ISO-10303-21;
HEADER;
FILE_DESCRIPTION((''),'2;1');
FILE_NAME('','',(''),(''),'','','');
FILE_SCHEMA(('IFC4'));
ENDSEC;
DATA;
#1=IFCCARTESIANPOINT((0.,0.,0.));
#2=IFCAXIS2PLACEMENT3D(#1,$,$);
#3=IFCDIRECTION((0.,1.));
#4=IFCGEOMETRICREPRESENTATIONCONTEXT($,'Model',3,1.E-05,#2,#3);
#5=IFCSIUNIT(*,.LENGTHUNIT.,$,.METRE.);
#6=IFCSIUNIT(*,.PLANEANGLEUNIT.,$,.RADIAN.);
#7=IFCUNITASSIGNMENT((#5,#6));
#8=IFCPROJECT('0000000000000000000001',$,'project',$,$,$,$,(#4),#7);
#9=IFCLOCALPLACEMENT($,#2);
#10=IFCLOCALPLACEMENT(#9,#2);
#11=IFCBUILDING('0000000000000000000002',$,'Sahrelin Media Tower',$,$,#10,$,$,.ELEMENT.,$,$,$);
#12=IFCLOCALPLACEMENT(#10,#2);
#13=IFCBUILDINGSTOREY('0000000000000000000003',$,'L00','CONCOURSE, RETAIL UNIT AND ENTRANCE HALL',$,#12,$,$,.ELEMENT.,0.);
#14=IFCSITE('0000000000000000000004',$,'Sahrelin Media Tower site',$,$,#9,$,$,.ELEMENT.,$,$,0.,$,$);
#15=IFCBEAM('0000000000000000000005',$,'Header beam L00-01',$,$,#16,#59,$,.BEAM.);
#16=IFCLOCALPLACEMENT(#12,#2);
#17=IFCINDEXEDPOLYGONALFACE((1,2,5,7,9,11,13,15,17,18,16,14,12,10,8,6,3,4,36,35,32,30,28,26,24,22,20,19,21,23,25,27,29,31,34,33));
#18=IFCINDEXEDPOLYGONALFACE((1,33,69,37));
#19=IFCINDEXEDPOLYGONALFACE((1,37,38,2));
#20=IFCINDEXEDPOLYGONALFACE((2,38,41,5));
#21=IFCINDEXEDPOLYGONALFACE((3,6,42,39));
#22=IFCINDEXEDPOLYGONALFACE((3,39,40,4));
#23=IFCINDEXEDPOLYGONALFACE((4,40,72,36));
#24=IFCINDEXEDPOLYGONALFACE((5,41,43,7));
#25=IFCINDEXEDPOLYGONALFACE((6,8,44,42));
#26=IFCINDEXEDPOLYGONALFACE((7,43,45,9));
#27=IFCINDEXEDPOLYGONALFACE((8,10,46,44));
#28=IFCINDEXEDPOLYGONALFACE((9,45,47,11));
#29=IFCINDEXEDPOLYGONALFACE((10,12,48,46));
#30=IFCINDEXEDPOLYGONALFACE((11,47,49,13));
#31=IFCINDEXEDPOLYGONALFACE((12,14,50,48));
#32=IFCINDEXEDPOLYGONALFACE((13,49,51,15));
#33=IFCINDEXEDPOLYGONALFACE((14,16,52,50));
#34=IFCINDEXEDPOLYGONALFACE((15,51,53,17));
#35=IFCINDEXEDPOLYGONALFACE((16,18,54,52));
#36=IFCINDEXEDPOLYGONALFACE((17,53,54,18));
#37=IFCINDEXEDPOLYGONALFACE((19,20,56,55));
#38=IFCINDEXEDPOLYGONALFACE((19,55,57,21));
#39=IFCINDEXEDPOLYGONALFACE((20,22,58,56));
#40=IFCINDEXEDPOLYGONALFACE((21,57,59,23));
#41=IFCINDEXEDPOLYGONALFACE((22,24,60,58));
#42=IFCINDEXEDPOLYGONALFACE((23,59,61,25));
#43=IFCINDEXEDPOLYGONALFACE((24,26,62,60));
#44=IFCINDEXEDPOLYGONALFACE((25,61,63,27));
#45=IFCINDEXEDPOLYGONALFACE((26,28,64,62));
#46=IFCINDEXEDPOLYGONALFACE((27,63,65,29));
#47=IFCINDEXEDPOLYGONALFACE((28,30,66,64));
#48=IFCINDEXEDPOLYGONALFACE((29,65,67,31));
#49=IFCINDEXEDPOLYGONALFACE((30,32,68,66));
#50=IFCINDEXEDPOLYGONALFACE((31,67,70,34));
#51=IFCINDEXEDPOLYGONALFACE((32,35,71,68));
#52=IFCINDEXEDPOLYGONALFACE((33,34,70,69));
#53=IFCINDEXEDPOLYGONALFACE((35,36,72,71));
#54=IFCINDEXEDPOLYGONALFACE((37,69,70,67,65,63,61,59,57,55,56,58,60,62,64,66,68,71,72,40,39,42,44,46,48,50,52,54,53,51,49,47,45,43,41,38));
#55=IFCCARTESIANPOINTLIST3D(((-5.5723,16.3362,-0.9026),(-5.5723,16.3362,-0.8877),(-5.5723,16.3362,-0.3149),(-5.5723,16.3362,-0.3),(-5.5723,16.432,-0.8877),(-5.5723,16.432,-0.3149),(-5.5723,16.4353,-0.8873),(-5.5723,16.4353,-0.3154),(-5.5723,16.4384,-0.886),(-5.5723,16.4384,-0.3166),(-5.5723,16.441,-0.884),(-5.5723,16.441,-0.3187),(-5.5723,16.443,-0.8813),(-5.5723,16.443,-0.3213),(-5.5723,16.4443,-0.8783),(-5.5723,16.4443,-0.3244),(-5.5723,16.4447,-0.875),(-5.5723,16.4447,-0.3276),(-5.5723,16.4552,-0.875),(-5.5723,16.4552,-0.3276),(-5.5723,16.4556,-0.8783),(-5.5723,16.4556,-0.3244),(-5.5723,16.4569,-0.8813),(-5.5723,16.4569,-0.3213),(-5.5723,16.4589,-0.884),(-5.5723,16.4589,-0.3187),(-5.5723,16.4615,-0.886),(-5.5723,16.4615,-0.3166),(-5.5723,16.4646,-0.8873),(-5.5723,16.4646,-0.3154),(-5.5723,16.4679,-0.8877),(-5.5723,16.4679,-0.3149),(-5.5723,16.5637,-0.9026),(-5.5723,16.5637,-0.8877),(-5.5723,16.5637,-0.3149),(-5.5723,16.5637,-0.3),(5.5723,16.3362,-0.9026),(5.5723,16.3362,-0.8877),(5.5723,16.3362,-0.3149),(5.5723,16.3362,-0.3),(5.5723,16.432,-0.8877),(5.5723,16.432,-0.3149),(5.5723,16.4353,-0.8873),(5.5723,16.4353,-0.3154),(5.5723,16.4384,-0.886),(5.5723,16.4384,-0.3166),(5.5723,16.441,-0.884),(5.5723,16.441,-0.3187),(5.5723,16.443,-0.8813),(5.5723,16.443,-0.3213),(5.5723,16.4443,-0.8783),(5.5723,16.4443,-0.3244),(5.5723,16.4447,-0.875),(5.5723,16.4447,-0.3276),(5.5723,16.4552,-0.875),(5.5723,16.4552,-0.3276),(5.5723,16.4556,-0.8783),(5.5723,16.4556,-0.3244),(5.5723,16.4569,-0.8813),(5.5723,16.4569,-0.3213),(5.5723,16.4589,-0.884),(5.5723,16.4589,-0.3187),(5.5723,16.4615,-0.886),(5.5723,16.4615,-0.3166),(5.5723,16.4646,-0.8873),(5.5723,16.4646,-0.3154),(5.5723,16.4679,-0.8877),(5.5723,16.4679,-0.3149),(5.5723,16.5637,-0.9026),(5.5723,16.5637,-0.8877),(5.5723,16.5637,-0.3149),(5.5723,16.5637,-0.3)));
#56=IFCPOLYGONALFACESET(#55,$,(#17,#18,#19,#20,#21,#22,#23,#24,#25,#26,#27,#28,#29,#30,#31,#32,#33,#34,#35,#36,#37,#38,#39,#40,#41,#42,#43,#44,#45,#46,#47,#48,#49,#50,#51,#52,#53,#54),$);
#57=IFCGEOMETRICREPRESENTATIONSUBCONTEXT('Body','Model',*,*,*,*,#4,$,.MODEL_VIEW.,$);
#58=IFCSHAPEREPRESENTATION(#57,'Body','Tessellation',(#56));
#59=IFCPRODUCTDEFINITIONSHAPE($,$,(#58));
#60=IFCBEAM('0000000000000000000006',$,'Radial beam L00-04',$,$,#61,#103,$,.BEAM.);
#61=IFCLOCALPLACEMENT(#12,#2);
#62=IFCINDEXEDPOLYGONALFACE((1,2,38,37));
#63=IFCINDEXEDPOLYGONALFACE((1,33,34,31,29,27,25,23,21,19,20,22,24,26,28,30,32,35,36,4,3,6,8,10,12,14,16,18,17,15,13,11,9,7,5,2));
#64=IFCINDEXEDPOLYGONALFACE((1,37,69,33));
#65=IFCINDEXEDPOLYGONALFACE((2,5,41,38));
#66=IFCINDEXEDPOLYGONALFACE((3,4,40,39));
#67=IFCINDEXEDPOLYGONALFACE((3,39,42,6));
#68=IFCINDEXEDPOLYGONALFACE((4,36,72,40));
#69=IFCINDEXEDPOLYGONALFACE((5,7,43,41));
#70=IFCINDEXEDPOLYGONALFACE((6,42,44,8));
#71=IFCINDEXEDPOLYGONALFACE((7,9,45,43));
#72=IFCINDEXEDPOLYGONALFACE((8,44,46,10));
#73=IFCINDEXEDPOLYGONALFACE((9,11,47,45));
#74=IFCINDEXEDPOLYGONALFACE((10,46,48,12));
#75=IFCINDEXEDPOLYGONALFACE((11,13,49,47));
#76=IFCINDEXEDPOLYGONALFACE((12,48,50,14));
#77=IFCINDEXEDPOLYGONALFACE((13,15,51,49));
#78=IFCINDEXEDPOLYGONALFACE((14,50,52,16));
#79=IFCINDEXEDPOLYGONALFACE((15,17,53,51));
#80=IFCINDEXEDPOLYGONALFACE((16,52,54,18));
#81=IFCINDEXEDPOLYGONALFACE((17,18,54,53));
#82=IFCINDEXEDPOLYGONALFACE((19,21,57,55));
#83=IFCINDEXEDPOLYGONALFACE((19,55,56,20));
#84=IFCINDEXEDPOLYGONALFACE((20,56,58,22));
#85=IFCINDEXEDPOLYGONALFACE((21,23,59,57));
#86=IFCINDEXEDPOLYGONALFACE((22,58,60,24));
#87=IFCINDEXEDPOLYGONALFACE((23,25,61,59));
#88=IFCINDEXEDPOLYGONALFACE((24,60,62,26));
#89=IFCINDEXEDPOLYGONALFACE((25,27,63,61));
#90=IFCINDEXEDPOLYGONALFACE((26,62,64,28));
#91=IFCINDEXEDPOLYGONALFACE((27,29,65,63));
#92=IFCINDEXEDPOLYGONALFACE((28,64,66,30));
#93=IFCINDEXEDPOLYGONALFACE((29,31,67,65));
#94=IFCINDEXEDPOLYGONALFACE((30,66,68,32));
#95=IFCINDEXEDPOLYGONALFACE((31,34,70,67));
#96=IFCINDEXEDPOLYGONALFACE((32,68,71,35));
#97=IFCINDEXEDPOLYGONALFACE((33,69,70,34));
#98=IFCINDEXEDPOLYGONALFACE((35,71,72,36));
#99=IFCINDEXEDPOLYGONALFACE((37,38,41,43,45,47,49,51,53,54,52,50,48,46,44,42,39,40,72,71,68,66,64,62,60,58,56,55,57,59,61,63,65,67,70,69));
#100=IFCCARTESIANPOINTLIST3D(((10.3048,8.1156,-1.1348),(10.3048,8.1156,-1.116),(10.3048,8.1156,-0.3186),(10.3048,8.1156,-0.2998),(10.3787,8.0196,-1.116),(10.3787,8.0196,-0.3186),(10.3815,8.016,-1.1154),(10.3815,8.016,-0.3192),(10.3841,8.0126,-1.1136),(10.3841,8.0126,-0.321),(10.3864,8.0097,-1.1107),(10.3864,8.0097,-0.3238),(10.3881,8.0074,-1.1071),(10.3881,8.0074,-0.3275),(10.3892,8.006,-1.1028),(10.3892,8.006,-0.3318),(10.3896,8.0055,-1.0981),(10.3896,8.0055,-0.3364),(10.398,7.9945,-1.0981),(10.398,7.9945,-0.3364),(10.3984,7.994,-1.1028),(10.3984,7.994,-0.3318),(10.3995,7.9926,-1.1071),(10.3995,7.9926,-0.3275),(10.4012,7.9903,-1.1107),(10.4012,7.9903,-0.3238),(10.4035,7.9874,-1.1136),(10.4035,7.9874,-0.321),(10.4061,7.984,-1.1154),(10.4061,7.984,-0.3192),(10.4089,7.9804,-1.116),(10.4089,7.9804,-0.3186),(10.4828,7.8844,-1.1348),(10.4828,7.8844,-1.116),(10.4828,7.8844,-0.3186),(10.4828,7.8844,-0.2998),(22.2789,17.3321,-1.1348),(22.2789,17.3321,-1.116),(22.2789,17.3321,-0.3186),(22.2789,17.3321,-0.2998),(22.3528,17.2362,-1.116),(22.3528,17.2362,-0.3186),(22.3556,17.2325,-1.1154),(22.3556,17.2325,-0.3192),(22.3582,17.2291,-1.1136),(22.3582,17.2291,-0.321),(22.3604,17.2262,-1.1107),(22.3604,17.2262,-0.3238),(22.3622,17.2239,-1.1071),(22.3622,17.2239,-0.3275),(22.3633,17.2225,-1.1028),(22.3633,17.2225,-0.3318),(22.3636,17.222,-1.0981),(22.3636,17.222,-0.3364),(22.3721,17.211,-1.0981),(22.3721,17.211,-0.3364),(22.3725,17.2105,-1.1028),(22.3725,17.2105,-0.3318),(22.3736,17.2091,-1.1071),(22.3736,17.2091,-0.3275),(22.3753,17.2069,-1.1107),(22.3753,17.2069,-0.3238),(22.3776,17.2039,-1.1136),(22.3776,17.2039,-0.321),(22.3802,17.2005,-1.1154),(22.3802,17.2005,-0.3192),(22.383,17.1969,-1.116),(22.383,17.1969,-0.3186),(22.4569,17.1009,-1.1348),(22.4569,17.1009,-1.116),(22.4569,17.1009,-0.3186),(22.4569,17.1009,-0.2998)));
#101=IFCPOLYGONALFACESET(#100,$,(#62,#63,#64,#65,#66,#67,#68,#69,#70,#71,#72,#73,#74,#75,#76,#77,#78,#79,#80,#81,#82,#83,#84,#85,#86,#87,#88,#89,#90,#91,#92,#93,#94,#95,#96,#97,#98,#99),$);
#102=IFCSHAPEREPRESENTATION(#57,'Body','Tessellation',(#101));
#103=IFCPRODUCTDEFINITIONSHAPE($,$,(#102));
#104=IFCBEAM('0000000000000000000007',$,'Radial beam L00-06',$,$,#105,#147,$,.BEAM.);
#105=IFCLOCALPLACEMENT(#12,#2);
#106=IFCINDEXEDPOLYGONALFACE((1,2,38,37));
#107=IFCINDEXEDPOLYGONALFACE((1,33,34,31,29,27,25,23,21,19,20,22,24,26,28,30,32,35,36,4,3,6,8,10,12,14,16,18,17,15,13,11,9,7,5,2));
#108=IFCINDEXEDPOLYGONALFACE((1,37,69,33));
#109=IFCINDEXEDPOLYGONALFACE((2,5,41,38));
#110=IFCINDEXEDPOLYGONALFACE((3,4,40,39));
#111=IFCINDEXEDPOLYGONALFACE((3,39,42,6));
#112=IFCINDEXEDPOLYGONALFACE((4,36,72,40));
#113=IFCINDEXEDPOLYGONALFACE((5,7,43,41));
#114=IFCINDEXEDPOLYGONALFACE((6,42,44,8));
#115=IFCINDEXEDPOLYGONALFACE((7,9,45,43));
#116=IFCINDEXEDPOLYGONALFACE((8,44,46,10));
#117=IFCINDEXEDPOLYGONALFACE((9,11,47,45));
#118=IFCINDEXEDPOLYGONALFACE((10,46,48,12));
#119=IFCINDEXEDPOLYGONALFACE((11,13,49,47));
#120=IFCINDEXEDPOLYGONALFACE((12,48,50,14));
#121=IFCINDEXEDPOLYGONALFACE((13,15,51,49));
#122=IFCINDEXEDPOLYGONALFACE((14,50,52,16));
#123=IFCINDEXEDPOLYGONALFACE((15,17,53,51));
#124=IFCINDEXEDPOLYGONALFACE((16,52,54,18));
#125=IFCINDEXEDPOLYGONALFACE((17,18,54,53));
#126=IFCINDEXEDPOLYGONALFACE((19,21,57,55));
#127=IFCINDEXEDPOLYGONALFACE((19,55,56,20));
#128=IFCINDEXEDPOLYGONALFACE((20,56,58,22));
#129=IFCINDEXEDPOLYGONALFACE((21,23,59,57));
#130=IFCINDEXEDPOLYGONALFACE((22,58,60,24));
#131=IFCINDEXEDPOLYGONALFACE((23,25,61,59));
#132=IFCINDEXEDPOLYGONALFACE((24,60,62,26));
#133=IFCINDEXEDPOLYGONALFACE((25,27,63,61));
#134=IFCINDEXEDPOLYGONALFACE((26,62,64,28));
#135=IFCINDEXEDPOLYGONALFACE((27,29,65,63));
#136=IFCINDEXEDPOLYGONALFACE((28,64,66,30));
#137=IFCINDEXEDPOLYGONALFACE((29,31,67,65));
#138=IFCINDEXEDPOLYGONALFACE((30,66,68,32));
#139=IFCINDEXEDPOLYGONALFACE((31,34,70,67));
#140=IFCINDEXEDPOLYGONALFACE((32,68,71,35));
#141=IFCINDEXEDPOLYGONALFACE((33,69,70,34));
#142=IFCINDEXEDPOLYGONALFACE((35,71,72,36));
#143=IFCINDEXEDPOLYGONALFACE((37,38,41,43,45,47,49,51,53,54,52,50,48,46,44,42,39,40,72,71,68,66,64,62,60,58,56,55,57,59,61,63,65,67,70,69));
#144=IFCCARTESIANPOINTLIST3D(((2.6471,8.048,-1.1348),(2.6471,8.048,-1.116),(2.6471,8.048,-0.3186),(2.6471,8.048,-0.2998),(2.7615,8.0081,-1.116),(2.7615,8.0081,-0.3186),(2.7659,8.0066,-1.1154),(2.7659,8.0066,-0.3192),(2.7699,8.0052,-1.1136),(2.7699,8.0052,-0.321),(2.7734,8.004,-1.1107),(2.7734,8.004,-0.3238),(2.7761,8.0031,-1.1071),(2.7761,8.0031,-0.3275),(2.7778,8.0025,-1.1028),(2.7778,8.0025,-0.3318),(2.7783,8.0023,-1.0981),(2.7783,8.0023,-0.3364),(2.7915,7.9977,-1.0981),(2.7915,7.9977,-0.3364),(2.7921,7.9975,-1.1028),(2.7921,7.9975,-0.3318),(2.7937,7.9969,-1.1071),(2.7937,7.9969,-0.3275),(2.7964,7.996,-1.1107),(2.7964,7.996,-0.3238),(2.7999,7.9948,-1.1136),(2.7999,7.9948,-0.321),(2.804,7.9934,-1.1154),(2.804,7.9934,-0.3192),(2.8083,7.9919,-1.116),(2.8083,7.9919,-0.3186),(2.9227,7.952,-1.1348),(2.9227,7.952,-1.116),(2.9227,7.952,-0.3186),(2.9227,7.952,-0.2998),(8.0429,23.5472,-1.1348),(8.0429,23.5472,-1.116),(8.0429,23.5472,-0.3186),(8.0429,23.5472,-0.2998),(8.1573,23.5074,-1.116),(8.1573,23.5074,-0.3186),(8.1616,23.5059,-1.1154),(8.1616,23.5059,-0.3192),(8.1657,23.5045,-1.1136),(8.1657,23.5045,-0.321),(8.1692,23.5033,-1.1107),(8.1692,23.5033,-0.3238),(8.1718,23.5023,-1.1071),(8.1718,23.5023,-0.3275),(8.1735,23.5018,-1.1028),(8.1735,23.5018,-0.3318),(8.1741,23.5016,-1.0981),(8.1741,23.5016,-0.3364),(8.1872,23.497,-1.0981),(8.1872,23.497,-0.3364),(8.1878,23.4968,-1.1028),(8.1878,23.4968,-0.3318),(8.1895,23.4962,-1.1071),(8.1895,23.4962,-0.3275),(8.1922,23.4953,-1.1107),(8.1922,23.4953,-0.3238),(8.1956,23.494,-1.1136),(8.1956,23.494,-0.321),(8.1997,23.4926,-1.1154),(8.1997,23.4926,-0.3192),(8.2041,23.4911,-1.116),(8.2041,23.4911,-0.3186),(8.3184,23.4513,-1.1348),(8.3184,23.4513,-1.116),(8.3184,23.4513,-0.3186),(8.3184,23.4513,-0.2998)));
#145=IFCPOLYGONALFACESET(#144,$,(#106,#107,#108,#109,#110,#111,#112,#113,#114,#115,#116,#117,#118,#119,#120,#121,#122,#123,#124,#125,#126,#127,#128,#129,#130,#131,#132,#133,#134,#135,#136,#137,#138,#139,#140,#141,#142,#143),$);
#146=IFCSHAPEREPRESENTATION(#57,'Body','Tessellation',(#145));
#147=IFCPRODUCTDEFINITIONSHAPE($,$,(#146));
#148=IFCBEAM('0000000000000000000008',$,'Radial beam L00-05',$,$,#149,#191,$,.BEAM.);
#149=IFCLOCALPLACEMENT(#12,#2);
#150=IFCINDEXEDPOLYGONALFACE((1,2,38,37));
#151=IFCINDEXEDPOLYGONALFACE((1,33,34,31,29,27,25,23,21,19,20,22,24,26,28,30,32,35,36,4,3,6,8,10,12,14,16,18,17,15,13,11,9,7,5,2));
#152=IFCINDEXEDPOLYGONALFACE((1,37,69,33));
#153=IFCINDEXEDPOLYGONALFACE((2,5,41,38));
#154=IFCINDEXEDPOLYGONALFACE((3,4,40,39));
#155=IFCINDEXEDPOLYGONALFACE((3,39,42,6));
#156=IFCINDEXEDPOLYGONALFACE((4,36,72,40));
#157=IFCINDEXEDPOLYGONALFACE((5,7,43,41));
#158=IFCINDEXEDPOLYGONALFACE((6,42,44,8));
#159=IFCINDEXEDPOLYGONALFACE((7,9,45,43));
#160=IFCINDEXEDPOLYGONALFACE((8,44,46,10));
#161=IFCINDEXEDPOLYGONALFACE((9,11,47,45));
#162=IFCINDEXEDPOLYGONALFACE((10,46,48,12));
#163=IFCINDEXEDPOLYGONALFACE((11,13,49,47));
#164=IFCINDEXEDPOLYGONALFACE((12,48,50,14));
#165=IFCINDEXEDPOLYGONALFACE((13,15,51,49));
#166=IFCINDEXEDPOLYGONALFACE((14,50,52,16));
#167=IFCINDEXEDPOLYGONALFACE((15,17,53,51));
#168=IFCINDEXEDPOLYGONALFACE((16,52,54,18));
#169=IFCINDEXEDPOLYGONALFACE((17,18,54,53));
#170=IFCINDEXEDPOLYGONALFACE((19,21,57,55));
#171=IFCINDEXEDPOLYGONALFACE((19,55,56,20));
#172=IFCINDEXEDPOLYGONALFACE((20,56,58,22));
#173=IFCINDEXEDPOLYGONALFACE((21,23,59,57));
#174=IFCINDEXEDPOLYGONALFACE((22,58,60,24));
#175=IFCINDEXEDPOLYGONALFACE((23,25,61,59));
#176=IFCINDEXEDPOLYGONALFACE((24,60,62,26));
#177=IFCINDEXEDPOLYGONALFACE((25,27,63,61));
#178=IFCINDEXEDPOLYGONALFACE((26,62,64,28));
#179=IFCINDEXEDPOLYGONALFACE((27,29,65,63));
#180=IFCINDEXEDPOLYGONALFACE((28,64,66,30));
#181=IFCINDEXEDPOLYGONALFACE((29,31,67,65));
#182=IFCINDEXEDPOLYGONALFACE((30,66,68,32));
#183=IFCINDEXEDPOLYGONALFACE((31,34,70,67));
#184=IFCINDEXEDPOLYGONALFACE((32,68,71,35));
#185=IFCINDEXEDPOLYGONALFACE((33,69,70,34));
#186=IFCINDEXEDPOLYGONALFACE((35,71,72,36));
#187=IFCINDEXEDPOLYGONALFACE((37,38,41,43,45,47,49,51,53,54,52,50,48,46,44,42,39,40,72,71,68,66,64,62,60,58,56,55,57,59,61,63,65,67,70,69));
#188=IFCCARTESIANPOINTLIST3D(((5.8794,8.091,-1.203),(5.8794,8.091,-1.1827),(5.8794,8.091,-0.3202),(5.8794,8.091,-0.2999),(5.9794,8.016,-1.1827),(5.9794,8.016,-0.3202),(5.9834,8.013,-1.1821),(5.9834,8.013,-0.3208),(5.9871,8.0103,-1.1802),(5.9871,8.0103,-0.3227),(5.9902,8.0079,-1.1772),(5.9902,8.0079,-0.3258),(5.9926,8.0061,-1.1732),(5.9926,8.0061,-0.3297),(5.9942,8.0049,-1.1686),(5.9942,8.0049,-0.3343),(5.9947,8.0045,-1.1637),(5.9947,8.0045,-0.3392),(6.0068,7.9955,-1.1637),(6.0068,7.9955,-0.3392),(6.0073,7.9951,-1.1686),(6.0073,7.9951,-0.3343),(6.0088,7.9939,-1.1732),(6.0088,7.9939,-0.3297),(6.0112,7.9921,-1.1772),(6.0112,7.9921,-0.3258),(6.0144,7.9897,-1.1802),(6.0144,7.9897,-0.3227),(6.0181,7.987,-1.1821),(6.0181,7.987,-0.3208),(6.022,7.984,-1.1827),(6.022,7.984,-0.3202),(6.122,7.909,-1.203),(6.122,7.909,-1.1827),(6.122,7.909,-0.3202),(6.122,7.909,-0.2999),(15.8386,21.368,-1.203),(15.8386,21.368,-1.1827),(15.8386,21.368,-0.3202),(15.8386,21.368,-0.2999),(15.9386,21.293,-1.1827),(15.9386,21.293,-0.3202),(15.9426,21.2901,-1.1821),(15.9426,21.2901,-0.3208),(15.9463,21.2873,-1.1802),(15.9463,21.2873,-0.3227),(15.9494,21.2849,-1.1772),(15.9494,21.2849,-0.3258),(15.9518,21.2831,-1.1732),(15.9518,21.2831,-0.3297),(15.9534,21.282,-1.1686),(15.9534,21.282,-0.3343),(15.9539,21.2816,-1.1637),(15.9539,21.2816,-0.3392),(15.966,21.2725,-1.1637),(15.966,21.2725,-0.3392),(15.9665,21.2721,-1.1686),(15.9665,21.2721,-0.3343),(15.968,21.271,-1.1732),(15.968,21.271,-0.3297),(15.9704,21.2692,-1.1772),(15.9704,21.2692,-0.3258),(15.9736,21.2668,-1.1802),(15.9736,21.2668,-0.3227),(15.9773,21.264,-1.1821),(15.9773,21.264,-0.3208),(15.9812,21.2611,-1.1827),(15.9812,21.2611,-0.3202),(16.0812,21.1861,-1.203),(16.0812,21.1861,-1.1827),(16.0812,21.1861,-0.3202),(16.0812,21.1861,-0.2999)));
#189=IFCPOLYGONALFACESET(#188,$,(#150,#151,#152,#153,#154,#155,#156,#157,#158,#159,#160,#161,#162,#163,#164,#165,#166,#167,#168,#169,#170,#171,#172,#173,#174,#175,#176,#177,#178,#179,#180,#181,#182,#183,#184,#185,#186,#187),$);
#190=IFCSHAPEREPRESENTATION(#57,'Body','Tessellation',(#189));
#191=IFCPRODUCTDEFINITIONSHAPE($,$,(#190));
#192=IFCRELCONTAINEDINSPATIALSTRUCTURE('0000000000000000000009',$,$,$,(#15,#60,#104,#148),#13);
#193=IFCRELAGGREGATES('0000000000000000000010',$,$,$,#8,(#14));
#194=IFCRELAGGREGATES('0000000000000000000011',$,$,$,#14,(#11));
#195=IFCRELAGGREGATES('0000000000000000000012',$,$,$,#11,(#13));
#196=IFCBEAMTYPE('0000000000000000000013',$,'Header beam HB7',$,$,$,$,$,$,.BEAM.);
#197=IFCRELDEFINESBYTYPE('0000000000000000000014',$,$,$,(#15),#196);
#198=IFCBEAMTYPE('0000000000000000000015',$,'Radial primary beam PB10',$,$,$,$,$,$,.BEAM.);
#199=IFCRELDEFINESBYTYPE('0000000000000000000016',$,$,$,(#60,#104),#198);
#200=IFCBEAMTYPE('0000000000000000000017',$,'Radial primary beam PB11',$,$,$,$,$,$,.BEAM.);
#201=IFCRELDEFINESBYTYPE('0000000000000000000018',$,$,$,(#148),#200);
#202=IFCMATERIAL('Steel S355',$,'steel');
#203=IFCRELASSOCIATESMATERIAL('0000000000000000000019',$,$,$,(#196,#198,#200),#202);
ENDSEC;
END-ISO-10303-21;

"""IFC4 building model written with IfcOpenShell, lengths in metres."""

from ifc_helpers import new_model, si_unit, direction, frame, origin, origin_2d, place, context, subcontext, project, spatial, i_section, extrude, material, material_profile, profile_set, type_object, element, save


model = new_model("IFC4")

# Units and contexts
model_context = context("Model", 3, precision=1e-05, world=origin(), true_north=direction((0.0, 1.0)))
body_context = subcontext(model_context, "Body", "Model", "MODEL_VIEW")
ifc_project = project(units=[si_unit("LENGTHUNIT", "METRE"), si_unit("PLANEANGLEUNIT", "RADIAN")], contexts=[model_context])

# Site, building, storey
site_placement = place(None, origin())
site = spatial("IfcSite", under=ifc_project, at=site_placement, Name="Sahrelin Media Tower site", CompositionType="ELEMENT", RefElevation=0.0)
building_placement = place(site_placement, origin())
building = spatial("IfcBuilding", under=site, at=building_placement, Name="Sahrelin Media Tower", CompositionType="ELEMENT")
storey_placement = place(building_placement, origin())
storey = spatial("IfcBuildingStorey", under=building, at=storey_placement, Name="L00", Description="CONCOURSE, RETAIL UNIT AND ENTRANCE HALL", CompositionType="ELEMENT", Elevation=0.0)

# Beams
ifc_material_1 = material(Name="Steel S355", Category="steel")
ifc_material_profile_1 = material_profile(ifc_material_1, i_section(OverallWidth=0.2275, OverallDepth=0.6025, WebThickness=0.0105, FlangeThickness=0.0149, FilletRadius=0.0127, at=origin_2d()), Name="UB 610x229x101")
ifc_profile_set_1 = profile_set([ifc_material_profile_1], Name="Steel S355")
beam_type_1 = type_object("IfcBeamType", Name="Header beam HB7", PredefinedType="BEAM", material=ifc_profile_set_1)
beam_1_placement = place(storey_placement, frame((5.5723, 16.45, -0.6013), z_axis=(-1.0, 0.0, 0.0), x_axis=(0.0, -1.0, 0.0)))
element("IfcBeam", 1, at=beam_1_placement, inside=storey, type_object=beam_type_1, Name="Header beam L00-01", PredefinedType="BEAM", context=body_context, shape_type="SweptSolid", body=[
    extrude(i_section(OverallWidth=0.2275, OverallDepth=0.6025, WebThickness=0.0105, FlangeThickness=0.0149, FilletRadius=0.0127, at=origin_2d()), origin(), (0.0, 0.0, 1.0), 11.1445),
])
ifc_material_profile_2 = material_profile(ifc_material_1, i_section(OverallWidth=0.2917, OverallDepth=0.835, WebThickness=0.0139, FlangeThickness=0.0188, FilletRadius=0.0178, at=origin_2d()), Name="UB 838x292x176")
ifc_profile_set_2 = profile_set([ifc_material_profile_2], Name="Steel S355")
beam_type_2 = type_object("IfcBeamType", Name="Radial primary beam PB10", PredefinedType="BEAM", material=ifc_profile_set_2)
beam_2_placement = place(storey_placement, frame((10.3938, 8.0, -0.7173), z_axis=(0.792442, 0.609947, 0.0), x_axis=(-0.609947, 0.792442, 0.0)))
element("IfcBeam", 2, at=beam_2_placement, inside=storey, type_object=beam_type_2, Name="Radial beam L00-04", PredefinedType="BEAM", context=body_context, shape_type="SweptSolid", body=[
    extrude(i_section(OverallWidth=0.2917, OverallDepth=0.835, WebThickness=0.0139, FlangeThickness=0.0188, FilletRadius=0.0178, at=origin_2d()), origin(), (0.0, 0.0, 1.0), 15.1104),
])
beam_3_placement = place(storey_placement, frame((2.7849, 8.0, -0.7173), z_axis=(0.328776, 0.944408, 0.0), x_axis=(-0.944408, 0.328776, 0.0)))
element("IfcBeam", 3, at=beam_3_placement, inside=storey, type_object=beam_type_2, Name="Radial beam L00-06", PredefinedType="BEAM", context=body_context, shape_type="SweptSolid", body=[
    extrude(i_section(OverallWidth=0.2917, OverallDepth=0.835, WebThickness=0.0139, FlangeThickness=0.0188, FilletRadius=0.0178, at=origin_2d()), origin(), (0.0, 0.0, 1.0), 16.4116),
])
ifc_material_profile_3 = material_profile(ifc_material_1, i_section(OverallWidth=0.3032, OverallDepth=0.9031, WebThickness=0.0151, FlangeThickness=0.0203, FilletRadius=0.019, at=origin_2d()), Name="UB 914x305x201")
ifc_profile_set_3 = profile_set([ifc_material_profile_3], Name="Steel S355")
beam_type_3 = type_object("IfcBeamType", Name="Radial primary beam PB11", PredefinedType="BEAM", material=ifc_profile_set_3)
beam_4_placement = place(storey_placement, frame((6.0007, 8.0, -0.7515), z_axis=(0.600054, 0.799959, 0.0), x_axis=(-0.799959, 0.600054, 0.0)))
element("IfcBeam", 4, at=beam_4_placement, inside=storey, type_object=beam_type_3, Name="Radial beam L00-05", PredefinedType="BEAM", context=body_context, shape_type="SweptSolid", body=[
    extrude(i_section(OverallWidth=0.3032, OverallDepth=0.9031, WebThickness=0.0151, FlangeThickness=0.0203, FilletRadius=0.019, at=origin_2d()), origin(), (0.0, 0.0, 1.0), 16.5972),
])

save(model, "model.ifc")
